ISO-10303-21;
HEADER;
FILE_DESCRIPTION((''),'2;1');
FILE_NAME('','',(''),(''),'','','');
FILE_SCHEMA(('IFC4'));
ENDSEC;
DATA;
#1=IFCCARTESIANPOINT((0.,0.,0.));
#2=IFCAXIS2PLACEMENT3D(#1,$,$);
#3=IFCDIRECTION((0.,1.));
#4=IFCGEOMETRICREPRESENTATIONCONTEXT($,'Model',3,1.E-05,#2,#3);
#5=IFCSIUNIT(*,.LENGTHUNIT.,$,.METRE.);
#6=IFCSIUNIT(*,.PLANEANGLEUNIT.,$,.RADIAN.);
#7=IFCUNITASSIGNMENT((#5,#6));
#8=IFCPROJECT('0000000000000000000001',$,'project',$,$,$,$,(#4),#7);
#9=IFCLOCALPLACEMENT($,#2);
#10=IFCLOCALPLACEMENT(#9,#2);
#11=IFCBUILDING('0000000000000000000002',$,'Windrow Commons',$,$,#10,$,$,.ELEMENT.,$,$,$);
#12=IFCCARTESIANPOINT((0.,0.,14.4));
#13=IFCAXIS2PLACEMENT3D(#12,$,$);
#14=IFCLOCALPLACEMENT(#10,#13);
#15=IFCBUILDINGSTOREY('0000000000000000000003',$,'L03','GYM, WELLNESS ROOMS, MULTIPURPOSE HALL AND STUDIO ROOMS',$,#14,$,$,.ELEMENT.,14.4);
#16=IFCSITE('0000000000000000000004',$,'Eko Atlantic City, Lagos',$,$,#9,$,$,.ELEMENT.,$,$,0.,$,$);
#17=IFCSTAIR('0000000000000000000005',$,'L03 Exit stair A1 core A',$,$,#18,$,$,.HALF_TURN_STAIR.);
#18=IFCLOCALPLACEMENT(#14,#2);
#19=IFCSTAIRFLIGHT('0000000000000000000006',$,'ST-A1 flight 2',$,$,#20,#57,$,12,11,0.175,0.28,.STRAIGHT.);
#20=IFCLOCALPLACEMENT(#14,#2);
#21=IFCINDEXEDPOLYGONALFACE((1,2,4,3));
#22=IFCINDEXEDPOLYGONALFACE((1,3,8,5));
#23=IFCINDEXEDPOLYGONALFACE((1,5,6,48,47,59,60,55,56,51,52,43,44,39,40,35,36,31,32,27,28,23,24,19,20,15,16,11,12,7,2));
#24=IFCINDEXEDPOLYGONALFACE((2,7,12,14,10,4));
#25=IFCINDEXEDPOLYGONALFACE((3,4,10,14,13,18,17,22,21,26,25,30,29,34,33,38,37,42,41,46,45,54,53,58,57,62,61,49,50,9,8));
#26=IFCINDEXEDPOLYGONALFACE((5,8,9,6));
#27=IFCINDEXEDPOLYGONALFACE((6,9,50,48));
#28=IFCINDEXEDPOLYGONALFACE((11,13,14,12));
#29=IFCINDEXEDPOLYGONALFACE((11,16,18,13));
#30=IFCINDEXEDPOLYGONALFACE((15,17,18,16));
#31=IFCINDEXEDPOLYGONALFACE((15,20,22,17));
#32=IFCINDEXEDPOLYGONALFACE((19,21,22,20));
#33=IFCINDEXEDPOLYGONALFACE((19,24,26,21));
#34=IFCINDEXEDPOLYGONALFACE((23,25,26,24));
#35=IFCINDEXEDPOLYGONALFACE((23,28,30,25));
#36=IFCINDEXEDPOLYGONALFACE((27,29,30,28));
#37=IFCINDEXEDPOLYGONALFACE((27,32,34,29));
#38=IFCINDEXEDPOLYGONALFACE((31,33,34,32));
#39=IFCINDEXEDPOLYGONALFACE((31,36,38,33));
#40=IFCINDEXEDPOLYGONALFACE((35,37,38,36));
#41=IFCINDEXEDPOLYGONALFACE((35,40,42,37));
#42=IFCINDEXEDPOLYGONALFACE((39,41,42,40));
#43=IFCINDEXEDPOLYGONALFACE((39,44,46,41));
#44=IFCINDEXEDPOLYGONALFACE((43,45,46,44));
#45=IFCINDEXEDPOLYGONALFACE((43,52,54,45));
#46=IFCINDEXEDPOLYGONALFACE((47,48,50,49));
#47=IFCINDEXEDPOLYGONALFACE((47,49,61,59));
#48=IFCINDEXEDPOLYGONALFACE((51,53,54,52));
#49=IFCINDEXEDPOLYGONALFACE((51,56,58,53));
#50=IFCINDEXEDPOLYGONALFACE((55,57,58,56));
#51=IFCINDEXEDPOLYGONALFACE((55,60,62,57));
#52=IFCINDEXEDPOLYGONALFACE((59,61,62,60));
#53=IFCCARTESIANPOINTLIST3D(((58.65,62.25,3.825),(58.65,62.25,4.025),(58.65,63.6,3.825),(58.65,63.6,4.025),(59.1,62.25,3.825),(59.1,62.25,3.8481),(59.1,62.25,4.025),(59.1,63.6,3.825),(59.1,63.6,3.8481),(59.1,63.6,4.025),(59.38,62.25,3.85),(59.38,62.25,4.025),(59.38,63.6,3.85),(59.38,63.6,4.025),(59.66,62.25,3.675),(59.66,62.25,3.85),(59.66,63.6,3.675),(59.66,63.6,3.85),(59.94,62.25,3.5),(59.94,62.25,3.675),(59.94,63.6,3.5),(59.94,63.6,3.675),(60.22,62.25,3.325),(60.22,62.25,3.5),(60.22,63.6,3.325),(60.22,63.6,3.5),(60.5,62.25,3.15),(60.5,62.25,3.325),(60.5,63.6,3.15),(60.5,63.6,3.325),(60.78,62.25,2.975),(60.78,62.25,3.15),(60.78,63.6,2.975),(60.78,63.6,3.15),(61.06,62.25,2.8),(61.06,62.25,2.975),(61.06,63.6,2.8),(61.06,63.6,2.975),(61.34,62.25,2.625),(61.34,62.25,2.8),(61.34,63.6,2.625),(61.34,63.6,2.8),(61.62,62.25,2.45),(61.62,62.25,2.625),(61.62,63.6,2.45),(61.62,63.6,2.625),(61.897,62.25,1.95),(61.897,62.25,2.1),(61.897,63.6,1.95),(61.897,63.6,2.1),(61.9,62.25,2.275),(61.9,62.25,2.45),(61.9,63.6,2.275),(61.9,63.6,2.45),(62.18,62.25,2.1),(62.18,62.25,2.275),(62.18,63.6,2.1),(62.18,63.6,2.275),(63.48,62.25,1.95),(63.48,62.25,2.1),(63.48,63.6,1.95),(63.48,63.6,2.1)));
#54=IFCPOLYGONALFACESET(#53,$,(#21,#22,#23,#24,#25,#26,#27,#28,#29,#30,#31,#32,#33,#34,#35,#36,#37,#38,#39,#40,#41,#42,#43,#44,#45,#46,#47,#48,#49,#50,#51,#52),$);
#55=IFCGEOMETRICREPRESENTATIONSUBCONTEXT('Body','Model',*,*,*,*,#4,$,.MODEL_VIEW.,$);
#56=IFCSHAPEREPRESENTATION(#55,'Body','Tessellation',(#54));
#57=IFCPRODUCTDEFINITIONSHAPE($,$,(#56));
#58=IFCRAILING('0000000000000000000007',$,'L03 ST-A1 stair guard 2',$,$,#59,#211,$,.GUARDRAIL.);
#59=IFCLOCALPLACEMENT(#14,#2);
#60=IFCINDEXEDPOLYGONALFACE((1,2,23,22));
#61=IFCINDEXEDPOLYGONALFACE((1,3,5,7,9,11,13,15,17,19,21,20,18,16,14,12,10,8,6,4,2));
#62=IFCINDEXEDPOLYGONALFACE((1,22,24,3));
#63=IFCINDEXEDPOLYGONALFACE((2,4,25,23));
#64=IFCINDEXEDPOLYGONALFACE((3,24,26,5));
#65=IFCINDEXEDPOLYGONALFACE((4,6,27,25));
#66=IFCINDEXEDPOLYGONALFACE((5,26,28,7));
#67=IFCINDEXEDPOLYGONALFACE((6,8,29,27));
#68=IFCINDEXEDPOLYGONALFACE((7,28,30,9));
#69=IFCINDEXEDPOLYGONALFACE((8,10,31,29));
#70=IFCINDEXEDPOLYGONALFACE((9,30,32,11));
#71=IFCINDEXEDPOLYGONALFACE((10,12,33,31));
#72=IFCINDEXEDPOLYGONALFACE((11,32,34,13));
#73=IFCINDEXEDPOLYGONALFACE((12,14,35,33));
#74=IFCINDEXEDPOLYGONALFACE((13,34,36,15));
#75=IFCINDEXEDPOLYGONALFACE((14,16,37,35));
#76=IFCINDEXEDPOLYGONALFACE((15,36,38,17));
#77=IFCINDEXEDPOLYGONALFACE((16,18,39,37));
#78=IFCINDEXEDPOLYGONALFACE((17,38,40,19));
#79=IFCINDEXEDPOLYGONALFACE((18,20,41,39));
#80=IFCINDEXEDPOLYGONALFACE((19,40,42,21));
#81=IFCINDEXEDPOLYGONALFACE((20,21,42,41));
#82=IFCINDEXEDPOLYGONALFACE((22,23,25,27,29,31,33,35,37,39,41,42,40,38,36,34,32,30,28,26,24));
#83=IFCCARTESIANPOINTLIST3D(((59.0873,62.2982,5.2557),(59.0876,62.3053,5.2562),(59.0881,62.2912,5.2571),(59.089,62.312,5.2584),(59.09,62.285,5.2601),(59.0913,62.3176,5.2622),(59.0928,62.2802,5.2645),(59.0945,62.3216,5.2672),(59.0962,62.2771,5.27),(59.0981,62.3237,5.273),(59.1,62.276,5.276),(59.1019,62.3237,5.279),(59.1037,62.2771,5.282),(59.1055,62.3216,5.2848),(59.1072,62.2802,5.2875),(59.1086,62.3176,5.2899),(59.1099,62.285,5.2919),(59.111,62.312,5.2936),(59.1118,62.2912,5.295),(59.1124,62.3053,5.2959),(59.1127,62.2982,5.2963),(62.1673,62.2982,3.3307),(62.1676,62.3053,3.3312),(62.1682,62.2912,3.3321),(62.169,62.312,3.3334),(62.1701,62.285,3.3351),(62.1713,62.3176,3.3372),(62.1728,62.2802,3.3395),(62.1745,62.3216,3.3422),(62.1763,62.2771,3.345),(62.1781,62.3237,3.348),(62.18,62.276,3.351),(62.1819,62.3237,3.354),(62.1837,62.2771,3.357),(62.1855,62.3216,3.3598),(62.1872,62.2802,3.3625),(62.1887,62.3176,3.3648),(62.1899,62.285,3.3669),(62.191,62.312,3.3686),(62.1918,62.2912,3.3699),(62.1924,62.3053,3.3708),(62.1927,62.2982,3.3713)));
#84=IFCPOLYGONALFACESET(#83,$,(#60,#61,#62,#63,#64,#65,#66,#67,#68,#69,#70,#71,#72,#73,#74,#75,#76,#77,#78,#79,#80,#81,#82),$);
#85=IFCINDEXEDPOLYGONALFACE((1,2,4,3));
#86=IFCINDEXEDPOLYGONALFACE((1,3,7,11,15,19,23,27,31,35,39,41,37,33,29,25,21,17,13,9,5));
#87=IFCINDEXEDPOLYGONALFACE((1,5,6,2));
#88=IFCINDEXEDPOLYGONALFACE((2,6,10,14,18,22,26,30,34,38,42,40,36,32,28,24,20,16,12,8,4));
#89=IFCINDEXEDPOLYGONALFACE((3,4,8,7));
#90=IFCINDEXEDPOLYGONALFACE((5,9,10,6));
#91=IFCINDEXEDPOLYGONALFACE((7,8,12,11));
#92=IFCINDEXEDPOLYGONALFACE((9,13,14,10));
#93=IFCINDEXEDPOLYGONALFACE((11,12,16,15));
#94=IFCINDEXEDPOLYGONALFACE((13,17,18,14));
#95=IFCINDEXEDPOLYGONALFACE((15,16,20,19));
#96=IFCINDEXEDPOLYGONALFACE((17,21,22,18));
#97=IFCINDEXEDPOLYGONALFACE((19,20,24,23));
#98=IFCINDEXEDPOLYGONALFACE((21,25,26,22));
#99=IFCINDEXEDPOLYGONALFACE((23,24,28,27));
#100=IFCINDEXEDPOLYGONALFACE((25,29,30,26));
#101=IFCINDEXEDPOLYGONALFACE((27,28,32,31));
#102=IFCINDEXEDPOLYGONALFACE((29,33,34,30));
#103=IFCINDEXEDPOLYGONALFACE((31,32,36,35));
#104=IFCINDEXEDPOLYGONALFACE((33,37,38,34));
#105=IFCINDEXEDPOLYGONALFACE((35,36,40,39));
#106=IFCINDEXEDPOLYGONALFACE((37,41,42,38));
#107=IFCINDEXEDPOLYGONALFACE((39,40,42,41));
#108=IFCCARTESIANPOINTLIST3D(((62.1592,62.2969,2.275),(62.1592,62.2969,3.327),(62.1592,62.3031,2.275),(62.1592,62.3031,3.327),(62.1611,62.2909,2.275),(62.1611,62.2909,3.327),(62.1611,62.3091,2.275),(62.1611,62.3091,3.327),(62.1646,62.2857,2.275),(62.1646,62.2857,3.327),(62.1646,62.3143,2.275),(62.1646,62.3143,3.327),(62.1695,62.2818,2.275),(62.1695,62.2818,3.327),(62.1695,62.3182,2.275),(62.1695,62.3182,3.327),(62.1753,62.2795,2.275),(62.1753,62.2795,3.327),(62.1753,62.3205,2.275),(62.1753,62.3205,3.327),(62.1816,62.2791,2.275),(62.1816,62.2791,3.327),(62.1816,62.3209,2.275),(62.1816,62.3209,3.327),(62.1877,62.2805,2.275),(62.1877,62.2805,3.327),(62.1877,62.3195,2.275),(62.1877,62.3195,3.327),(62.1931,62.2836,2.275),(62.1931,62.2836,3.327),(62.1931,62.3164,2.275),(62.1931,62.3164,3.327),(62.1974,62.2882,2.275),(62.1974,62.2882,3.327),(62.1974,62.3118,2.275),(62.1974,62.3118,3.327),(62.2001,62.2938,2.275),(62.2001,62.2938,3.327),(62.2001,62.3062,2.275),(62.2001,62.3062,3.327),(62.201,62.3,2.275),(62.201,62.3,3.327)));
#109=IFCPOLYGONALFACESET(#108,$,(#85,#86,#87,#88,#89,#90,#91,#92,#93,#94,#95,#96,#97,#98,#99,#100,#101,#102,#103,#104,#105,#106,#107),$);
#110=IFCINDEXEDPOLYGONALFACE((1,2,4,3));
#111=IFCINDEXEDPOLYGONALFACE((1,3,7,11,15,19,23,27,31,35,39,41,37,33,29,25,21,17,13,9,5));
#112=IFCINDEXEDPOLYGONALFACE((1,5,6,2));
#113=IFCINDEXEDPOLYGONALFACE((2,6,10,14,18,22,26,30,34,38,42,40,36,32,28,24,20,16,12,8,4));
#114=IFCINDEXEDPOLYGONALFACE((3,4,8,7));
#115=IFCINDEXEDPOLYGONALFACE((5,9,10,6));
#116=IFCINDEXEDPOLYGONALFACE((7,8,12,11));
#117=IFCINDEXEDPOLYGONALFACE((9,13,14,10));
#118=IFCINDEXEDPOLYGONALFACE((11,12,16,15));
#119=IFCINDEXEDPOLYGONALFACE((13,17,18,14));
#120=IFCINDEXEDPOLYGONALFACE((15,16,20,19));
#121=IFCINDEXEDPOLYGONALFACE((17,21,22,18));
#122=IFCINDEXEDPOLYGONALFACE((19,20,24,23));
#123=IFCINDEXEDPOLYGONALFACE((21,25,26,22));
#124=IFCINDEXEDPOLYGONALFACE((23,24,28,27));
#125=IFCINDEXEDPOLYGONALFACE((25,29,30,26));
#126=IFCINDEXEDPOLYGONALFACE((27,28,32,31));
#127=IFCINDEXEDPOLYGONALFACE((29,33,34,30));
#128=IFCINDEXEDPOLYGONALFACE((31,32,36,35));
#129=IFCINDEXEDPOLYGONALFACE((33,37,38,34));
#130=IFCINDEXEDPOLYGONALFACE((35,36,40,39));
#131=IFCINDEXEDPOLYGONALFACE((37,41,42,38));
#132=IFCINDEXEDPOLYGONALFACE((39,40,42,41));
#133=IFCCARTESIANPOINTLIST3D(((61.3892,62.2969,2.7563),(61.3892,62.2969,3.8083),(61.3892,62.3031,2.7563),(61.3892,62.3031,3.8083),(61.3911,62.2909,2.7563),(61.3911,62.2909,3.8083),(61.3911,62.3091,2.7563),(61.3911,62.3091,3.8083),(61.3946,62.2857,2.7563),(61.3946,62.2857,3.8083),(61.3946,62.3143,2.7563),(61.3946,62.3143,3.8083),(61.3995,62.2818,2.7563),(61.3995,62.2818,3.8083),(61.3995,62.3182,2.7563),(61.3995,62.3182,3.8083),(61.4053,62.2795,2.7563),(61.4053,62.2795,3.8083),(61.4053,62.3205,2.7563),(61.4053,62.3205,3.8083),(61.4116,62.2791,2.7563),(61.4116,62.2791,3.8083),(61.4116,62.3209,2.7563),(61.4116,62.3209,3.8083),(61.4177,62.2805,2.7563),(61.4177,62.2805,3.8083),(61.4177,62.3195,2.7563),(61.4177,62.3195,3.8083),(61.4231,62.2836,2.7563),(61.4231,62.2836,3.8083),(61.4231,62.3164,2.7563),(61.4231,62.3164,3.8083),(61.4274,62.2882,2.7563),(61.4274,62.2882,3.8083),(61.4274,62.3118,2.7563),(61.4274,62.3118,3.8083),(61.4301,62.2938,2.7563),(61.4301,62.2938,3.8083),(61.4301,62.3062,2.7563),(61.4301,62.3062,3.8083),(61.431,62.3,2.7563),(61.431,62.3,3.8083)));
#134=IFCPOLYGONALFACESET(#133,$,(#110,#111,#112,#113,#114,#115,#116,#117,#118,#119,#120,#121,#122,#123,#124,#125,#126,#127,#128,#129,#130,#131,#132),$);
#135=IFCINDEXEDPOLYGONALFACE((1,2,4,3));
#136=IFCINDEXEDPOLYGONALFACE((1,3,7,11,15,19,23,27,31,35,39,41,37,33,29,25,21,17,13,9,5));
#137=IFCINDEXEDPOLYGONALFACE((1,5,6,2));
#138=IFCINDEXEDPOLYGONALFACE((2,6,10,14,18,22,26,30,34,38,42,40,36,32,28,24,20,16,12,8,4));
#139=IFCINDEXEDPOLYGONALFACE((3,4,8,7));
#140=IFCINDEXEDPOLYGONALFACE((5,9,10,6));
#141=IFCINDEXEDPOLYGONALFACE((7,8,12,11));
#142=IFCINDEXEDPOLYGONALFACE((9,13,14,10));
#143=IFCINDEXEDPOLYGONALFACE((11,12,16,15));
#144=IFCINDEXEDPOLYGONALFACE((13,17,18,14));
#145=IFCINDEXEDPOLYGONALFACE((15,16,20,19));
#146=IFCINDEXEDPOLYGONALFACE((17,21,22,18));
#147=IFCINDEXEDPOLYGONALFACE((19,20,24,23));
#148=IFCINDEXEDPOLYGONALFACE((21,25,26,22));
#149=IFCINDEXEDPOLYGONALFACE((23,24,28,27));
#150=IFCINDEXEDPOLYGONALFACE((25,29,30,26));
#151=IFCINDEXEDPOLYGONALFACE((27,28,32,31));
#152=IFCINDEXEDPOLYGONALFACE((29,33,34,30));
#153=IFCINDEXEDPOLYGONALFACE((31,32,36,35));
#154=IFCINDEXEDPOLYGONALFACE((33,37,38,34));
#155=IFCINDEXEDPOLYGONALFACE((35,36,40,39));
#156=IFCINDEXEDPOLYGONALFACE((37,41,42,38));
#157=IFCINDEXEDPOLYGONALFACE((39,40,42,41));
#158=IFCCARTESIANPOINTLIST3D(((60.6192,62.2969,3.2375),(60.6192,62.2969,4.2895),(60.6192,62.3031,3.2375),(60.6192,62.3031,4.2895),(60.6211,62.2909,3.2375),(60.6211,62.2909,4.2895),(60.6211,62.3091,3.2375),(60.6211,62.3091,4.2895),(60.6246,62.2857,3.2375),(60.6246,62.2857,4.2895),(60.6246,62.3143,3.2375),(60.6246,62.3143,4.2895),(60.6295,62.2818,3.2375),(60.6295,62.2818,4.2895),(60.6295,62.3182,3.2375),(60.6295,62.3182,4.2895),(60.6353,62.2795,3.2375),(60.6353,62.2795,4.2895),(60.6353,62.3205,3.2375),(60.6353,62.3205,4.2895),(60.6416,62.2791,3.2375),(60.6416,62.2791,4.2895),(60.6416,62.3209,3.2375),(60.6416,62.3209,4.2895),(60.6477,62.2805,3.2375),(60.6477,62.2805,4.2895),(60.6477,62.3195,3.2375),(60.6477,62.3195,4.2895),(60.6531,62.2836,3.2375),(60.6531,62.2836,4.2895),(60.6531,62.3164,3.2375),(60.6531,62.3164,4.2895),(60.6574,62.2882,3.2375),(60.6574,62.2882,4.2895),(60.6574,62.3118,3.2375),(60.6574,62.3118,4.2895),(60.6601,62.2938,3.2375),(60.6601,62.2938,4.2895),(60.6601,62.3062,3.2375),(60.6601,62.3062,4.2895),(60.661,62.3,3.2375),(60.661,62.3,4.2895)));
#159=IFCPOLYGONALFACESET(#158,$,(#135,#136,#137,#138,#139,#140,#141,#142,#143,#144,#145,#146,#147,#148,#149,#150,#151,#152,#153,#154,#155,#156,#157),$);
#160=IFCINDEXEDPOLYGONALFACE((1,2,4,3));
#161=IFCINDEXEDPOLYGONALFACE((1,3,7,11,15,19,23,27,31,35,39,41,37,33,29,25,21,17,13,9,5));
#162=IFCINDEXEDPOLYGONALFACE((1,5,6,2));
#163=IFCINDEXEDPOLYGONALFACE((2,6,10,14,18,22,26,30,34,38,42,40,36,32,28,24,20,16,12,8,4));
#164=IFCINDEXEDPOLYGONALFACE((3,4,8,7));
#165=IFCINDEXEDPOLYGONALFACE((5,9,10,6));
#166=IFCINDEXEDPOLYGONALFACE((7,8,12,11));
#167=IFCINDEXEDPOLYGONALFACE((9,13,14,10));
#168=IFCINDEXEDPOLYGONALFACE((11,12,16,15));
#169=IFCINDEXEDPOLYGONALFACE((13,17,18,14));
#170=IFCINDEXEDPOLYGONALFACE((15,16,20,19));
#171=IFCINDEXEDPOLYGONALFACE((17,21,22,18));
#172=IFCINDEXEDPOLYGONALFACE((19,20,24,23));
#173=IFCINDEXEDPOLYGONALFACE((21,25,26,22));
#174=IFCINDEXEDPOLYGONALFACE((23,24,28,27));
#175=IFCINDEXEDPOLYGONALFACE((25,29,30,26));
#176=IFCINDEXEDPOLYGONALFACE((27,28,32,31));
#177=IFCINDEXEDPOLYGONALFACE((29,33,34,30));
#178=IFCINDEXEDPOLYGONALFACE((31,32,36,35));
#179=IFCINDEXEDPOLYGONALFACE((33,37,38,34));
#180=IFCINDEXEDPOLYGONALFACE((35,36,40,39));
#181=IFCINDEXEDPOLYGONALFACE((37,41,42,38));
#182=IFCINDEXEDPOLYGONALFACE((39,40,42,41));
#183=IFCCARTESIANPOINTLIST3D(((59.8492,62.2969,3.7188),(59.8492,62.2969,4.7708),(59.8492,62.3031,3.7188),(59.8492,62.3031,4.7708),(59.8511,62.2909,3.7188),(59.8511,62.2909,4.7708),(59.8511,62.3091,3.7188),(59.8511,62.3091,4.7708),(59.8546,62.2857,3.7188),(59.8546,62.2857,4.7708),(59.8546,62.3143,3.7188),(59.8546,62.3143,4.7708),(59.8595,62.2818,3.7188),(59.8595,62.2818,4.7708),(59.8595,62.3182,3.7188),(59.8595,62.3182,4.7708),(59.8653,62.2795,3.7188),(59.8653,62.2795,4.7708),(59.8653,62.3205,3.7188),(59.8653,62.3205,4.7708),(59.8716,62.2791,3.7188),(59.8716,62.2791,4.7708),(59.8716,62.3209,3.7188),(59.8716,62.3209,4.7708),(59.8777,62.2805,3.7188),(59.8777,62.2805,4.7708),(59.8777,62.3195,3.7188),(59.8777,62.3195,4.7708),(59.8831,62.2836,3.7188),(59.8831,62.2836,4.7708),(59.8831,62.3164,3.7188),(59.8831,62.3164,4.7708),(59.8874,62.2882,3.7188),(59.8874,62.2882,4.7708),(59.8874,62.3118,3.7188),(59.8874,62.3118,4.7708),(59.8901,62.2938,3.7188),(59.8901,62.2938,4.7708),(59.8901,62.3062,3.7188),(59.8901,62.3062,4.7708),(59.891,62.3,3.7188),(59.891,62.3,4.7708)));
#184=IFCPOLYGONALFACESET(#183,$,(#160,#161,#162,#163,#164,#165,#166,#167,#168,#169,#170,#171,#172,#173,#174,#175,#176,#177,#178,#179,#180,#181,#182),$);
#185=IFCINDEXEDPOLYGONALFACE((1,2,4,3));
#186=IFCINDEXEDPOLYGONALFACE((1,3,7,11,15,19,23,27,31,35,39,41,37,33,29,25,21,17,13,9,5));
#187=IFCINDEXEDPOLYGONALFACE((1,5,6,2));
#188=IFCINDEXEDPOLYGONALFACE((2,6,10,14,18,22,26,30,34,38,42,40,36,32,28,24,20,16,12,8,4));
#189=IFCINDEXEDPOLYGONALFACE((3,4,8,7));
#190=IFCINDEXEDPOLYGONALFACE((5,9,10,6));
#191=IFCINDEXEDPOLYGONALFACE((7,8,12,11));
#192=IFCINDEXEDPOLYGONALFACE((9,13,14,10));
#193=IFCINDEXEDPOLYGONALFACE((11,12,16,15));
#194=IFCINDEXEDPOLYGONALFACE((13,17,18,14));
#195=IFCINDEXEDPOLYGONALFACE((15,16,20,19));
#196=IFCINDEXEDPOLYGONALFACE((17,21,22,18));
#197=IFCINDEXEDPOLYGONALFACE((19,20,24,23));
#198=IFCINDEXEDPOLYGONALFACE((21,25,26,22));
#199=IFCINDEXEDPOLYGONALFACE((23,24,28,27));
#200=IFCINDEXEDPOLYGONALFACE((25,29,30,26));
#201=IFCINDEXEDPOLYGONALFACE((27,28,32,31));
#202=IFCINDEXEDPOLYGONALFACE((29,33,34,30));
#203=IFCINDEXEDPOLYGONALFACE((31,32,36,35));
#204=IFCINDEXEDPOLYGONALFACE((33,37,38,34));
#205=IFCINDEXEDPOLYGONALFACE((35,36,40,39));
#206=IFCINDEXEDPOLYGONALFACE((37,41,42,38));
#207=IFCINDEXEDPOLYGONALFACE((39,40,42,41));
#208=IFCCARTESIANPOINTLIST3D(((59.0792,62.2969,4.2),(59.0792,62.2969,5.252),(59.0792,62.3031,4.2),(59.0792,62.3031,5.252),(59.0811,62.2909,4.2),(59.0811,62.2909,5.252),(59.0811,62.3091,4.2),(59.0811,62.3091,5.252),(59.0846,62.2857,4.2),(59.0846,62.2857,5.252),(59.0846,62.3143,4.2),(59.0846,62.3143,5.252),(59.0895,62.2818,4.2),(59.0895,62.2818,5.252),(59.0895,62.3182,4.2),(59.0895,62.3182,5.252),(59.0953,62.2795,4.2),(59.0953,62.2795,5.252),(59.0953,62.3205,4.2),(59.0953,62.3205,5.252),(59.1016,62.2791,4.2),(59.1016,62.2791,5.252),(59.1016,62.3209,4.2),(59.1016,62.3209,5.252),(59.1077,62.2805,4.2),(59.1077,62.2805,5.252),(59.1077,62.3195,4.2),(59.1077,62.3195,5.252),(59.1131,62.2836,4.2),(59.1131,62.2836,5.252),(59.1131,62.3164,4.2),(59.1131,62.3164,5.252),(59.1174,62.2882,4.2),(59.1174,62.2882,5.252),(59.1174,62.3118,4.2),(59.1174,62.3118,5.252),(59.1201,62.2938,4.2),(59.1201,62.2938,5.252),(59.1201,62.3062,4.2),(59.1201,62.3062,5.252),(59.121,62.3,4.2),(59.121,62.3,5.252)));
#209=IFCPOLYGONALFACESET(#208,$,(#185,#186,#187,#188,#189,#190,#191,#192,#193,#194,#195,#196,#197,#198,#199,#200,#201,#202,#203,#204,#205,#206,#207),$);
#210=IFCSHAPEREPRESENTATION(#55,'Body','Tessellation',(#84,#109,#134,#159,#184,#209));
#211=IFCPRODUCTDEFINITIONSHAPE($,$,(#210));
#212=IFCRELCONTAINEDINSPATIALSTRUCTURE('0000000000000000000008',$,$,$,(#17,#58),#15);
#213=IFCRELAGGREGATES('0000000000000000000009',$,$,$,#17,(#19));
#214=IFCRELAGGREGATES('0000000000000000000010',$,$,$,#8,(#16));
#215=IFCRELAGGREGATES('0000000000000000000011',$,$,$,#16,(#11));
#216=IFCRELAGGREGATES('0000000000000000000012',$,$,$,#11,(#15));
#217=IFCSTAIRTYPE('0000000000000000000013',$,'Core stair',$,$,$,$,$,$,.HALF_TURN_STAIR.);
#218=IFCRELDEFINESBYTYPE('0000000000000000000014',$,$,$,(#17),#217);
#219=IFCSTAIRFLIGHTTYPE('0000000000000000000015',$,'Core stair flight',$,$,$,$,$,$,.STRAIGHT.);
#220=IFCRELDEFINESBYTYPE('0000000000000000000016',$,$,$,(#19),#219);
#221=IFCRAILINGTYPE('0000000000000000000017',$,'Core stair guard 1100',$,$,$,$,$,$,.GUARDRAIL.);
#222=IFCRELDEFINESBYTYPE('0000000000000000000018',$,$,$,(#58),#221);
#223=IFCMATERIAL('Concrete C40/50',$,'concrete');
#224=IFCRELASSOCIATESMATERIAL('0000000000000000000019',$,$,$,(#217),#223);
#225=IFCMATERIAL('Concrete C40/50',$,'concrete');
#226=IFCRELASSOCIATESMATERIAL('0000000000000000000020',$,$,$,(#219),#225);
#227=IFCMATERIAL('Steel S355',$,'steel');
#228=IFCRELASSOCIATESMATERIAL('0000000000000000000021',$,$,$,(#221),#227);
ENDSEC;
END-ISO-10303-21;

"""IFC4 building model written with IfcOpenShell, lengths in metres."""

from ifc_helpers import new_model, si_unit, direction, frame, origin, origin_2d, place, context, subcontext, project, spatial, polyline, circle, outline, extrude, material, type_object, element, aggregate, save


model = new_model("IFC4")

# Units and contexts
model_context = context("Model", 3, precision=1e-05, world=origin(), true_north=direction((0.0, 1.0)))
body_context = subcontext(model_context, "Body", "Model", "MODEL_VIEW")
ifc_project = project(units=[si_unit("LENGTHUNIT", "METRE"), si_unit("PLANEANGLEUNIT", "RADIAN")], contexts=[model_context])

# Site, building, storey
site_placement = place(None, origin())
site = spatial("IfcSite", under=ifc_project, at=site_placement, Name="Eko Atlantic City, Lagos", CompositionType="ELEMENT", RefElevation=0.0)
building_placement = place(site_placement, origin())
building = spatial("IfcBuilding", under=site, at=building_placement, Name="Windrow Commons", CompositionType="ELEMENT")
storey_placement = place(building_placement, frame((0.0, 0.0, 14.4)))
storey = spatial("IfcBuildingStorey", under=building, at=storey_placement, Name="L03", Description="GYM, WELLNESS ROOMS, MULTIPURPOSE HALL AND STUDIO ROOMS", CompositionType="ELEMENT", Elevation=14.4)

# Stair, stair flight
ifc_material_1 = material(Name="Concrete C40/50", Category="concrete")
stair_type = type_object("IfcStairType", Name="Core stair", PredefinedType="HALF_TURN_STAIR", material=ifc_material_1)
stair_placement = place(storey_placement, origin())
stair = element("IfcStair", 1, at=stair_placement, inside=storey, type_object=stair_type, Name="L03 Exit stair A1 core A", PredefinedType="HALF_TURN_STAIR")
ifc_material_2 = material(Name="Concrete C40/50", Category="concrete")
stair_flight_type = type_object("IfcStairFlightType", Name="Core stair flight", PredefinedType="STRAIGHT", material=ifc_material_2)
stair_flight_placement = place(storey_placement, frame((62.18, 62.925, 2.1), z_axis=(0.0, 0.0, 1.0), x_axis=(-1.0, 0.0, 0.0)))
stair_flight = element("IfcStairFlight", 2, at=stair_flight_placement, type_object=stair_flight_type, Name="ST-A1 flight 2", NumberOfRisers=12, NumberOfTreads=11, PredefinedType="STRAIGHT", RiserHeight=0.175, TreadLength=0.28, context=body_context, shape_type="SweptSolid", body=[
    extrude(outline(polyline([(-1.3, -0.15), (-1.3, 0.0), (0.0, 0.0), (0.0, 0.175), (0.28, 0.175), (0.28, 0.35), (0.56, 0.35), (0.56, 0.525), (0.84, 0.525), (0.84, 0.7), (1.12, 0.7), (1.12, 0.875), (1.4, 0.875), (1.4, 1.05), (1.68, 1.05), (1.68, 1.225), (1.96, 1.225), (1.96, 1.4), (2.24, 1.4), (2.24, 1.575), (2.52, 1.575), (2.52, 1.75), (2.8, 1.75), (2.8, 1.925), (3.08, 1.925), (3.53, 1.925), (3.53, 1.725), (3.08, 1.725), (3.08, 1.7481), (0.283, 0.0), (0.283, -0.15), (-1.3, -0.15)])), frame((0.0, 0.675, 0.0), z_axis=(0.0, -1.0, 0.0), x_axis=(1.0, 0.0, 0.0)), (0.0, 0.0, 1.0), 1.35),
])
aggregate(stair, [stair_flight])

# Railing
ifc_material_3 = material(Name="Steel S355", Category="steel")
railing_type_1 = type_object("IfcRailingType", Name="Core stair guard 1100", PredefinedType="GUARDRAIL", material=ifc_material_3)
railing_1_placement = place(storey_placement, frame((62.18, 62.3, 2.275)))
element("IfcRailing", 3, at=railing_1_placement, inside=storey, type_object=railing_type_1, Name="L03 ST-A1 stair guard 2", PredefinedType="GUARDRAIL", context=body_context, shape_type="SweptSolid", body=[
    extrude(circle(Radius=0.024, at=origin_2d()), frame((0.0, 0.0, 1.076), z_axis=(-0.847998, 0.0, 0.529999), x_axis=(0.0, -1.0, 0.0)), (0.0, 0.0, 1.0), 3.6321),
    extrude(circle(Radius=0.021, at=origin_2d()), origin(), (0.0, 0.0, 1.0), 1.052),
    extrude(circle(Radius=0.021, at=origin_2d()), frame((-0.77, 0.0, 0.4813)), (0.0, 0.0, 1.0), 1.052),
    extrude(circle(Radius=0.021, at=origin_2d()), frame((-1.54, 0.0, 0.9625)), (0.0, 0.0, 1.0), 1.052),
    extrude(circle(Radius=0.021, at=origin_2d()), frame((-2.31, 0.0, 1.4438)), (0.0, 0.0, 1.0), 1.052),
    extrude(circle(Radius=0.021, at=origin_2d()), frame((-3.08, 0.0, 1.925)), (0.0, 0.0, 1.0), 1.052),
])

save(model, "model.ifc")
